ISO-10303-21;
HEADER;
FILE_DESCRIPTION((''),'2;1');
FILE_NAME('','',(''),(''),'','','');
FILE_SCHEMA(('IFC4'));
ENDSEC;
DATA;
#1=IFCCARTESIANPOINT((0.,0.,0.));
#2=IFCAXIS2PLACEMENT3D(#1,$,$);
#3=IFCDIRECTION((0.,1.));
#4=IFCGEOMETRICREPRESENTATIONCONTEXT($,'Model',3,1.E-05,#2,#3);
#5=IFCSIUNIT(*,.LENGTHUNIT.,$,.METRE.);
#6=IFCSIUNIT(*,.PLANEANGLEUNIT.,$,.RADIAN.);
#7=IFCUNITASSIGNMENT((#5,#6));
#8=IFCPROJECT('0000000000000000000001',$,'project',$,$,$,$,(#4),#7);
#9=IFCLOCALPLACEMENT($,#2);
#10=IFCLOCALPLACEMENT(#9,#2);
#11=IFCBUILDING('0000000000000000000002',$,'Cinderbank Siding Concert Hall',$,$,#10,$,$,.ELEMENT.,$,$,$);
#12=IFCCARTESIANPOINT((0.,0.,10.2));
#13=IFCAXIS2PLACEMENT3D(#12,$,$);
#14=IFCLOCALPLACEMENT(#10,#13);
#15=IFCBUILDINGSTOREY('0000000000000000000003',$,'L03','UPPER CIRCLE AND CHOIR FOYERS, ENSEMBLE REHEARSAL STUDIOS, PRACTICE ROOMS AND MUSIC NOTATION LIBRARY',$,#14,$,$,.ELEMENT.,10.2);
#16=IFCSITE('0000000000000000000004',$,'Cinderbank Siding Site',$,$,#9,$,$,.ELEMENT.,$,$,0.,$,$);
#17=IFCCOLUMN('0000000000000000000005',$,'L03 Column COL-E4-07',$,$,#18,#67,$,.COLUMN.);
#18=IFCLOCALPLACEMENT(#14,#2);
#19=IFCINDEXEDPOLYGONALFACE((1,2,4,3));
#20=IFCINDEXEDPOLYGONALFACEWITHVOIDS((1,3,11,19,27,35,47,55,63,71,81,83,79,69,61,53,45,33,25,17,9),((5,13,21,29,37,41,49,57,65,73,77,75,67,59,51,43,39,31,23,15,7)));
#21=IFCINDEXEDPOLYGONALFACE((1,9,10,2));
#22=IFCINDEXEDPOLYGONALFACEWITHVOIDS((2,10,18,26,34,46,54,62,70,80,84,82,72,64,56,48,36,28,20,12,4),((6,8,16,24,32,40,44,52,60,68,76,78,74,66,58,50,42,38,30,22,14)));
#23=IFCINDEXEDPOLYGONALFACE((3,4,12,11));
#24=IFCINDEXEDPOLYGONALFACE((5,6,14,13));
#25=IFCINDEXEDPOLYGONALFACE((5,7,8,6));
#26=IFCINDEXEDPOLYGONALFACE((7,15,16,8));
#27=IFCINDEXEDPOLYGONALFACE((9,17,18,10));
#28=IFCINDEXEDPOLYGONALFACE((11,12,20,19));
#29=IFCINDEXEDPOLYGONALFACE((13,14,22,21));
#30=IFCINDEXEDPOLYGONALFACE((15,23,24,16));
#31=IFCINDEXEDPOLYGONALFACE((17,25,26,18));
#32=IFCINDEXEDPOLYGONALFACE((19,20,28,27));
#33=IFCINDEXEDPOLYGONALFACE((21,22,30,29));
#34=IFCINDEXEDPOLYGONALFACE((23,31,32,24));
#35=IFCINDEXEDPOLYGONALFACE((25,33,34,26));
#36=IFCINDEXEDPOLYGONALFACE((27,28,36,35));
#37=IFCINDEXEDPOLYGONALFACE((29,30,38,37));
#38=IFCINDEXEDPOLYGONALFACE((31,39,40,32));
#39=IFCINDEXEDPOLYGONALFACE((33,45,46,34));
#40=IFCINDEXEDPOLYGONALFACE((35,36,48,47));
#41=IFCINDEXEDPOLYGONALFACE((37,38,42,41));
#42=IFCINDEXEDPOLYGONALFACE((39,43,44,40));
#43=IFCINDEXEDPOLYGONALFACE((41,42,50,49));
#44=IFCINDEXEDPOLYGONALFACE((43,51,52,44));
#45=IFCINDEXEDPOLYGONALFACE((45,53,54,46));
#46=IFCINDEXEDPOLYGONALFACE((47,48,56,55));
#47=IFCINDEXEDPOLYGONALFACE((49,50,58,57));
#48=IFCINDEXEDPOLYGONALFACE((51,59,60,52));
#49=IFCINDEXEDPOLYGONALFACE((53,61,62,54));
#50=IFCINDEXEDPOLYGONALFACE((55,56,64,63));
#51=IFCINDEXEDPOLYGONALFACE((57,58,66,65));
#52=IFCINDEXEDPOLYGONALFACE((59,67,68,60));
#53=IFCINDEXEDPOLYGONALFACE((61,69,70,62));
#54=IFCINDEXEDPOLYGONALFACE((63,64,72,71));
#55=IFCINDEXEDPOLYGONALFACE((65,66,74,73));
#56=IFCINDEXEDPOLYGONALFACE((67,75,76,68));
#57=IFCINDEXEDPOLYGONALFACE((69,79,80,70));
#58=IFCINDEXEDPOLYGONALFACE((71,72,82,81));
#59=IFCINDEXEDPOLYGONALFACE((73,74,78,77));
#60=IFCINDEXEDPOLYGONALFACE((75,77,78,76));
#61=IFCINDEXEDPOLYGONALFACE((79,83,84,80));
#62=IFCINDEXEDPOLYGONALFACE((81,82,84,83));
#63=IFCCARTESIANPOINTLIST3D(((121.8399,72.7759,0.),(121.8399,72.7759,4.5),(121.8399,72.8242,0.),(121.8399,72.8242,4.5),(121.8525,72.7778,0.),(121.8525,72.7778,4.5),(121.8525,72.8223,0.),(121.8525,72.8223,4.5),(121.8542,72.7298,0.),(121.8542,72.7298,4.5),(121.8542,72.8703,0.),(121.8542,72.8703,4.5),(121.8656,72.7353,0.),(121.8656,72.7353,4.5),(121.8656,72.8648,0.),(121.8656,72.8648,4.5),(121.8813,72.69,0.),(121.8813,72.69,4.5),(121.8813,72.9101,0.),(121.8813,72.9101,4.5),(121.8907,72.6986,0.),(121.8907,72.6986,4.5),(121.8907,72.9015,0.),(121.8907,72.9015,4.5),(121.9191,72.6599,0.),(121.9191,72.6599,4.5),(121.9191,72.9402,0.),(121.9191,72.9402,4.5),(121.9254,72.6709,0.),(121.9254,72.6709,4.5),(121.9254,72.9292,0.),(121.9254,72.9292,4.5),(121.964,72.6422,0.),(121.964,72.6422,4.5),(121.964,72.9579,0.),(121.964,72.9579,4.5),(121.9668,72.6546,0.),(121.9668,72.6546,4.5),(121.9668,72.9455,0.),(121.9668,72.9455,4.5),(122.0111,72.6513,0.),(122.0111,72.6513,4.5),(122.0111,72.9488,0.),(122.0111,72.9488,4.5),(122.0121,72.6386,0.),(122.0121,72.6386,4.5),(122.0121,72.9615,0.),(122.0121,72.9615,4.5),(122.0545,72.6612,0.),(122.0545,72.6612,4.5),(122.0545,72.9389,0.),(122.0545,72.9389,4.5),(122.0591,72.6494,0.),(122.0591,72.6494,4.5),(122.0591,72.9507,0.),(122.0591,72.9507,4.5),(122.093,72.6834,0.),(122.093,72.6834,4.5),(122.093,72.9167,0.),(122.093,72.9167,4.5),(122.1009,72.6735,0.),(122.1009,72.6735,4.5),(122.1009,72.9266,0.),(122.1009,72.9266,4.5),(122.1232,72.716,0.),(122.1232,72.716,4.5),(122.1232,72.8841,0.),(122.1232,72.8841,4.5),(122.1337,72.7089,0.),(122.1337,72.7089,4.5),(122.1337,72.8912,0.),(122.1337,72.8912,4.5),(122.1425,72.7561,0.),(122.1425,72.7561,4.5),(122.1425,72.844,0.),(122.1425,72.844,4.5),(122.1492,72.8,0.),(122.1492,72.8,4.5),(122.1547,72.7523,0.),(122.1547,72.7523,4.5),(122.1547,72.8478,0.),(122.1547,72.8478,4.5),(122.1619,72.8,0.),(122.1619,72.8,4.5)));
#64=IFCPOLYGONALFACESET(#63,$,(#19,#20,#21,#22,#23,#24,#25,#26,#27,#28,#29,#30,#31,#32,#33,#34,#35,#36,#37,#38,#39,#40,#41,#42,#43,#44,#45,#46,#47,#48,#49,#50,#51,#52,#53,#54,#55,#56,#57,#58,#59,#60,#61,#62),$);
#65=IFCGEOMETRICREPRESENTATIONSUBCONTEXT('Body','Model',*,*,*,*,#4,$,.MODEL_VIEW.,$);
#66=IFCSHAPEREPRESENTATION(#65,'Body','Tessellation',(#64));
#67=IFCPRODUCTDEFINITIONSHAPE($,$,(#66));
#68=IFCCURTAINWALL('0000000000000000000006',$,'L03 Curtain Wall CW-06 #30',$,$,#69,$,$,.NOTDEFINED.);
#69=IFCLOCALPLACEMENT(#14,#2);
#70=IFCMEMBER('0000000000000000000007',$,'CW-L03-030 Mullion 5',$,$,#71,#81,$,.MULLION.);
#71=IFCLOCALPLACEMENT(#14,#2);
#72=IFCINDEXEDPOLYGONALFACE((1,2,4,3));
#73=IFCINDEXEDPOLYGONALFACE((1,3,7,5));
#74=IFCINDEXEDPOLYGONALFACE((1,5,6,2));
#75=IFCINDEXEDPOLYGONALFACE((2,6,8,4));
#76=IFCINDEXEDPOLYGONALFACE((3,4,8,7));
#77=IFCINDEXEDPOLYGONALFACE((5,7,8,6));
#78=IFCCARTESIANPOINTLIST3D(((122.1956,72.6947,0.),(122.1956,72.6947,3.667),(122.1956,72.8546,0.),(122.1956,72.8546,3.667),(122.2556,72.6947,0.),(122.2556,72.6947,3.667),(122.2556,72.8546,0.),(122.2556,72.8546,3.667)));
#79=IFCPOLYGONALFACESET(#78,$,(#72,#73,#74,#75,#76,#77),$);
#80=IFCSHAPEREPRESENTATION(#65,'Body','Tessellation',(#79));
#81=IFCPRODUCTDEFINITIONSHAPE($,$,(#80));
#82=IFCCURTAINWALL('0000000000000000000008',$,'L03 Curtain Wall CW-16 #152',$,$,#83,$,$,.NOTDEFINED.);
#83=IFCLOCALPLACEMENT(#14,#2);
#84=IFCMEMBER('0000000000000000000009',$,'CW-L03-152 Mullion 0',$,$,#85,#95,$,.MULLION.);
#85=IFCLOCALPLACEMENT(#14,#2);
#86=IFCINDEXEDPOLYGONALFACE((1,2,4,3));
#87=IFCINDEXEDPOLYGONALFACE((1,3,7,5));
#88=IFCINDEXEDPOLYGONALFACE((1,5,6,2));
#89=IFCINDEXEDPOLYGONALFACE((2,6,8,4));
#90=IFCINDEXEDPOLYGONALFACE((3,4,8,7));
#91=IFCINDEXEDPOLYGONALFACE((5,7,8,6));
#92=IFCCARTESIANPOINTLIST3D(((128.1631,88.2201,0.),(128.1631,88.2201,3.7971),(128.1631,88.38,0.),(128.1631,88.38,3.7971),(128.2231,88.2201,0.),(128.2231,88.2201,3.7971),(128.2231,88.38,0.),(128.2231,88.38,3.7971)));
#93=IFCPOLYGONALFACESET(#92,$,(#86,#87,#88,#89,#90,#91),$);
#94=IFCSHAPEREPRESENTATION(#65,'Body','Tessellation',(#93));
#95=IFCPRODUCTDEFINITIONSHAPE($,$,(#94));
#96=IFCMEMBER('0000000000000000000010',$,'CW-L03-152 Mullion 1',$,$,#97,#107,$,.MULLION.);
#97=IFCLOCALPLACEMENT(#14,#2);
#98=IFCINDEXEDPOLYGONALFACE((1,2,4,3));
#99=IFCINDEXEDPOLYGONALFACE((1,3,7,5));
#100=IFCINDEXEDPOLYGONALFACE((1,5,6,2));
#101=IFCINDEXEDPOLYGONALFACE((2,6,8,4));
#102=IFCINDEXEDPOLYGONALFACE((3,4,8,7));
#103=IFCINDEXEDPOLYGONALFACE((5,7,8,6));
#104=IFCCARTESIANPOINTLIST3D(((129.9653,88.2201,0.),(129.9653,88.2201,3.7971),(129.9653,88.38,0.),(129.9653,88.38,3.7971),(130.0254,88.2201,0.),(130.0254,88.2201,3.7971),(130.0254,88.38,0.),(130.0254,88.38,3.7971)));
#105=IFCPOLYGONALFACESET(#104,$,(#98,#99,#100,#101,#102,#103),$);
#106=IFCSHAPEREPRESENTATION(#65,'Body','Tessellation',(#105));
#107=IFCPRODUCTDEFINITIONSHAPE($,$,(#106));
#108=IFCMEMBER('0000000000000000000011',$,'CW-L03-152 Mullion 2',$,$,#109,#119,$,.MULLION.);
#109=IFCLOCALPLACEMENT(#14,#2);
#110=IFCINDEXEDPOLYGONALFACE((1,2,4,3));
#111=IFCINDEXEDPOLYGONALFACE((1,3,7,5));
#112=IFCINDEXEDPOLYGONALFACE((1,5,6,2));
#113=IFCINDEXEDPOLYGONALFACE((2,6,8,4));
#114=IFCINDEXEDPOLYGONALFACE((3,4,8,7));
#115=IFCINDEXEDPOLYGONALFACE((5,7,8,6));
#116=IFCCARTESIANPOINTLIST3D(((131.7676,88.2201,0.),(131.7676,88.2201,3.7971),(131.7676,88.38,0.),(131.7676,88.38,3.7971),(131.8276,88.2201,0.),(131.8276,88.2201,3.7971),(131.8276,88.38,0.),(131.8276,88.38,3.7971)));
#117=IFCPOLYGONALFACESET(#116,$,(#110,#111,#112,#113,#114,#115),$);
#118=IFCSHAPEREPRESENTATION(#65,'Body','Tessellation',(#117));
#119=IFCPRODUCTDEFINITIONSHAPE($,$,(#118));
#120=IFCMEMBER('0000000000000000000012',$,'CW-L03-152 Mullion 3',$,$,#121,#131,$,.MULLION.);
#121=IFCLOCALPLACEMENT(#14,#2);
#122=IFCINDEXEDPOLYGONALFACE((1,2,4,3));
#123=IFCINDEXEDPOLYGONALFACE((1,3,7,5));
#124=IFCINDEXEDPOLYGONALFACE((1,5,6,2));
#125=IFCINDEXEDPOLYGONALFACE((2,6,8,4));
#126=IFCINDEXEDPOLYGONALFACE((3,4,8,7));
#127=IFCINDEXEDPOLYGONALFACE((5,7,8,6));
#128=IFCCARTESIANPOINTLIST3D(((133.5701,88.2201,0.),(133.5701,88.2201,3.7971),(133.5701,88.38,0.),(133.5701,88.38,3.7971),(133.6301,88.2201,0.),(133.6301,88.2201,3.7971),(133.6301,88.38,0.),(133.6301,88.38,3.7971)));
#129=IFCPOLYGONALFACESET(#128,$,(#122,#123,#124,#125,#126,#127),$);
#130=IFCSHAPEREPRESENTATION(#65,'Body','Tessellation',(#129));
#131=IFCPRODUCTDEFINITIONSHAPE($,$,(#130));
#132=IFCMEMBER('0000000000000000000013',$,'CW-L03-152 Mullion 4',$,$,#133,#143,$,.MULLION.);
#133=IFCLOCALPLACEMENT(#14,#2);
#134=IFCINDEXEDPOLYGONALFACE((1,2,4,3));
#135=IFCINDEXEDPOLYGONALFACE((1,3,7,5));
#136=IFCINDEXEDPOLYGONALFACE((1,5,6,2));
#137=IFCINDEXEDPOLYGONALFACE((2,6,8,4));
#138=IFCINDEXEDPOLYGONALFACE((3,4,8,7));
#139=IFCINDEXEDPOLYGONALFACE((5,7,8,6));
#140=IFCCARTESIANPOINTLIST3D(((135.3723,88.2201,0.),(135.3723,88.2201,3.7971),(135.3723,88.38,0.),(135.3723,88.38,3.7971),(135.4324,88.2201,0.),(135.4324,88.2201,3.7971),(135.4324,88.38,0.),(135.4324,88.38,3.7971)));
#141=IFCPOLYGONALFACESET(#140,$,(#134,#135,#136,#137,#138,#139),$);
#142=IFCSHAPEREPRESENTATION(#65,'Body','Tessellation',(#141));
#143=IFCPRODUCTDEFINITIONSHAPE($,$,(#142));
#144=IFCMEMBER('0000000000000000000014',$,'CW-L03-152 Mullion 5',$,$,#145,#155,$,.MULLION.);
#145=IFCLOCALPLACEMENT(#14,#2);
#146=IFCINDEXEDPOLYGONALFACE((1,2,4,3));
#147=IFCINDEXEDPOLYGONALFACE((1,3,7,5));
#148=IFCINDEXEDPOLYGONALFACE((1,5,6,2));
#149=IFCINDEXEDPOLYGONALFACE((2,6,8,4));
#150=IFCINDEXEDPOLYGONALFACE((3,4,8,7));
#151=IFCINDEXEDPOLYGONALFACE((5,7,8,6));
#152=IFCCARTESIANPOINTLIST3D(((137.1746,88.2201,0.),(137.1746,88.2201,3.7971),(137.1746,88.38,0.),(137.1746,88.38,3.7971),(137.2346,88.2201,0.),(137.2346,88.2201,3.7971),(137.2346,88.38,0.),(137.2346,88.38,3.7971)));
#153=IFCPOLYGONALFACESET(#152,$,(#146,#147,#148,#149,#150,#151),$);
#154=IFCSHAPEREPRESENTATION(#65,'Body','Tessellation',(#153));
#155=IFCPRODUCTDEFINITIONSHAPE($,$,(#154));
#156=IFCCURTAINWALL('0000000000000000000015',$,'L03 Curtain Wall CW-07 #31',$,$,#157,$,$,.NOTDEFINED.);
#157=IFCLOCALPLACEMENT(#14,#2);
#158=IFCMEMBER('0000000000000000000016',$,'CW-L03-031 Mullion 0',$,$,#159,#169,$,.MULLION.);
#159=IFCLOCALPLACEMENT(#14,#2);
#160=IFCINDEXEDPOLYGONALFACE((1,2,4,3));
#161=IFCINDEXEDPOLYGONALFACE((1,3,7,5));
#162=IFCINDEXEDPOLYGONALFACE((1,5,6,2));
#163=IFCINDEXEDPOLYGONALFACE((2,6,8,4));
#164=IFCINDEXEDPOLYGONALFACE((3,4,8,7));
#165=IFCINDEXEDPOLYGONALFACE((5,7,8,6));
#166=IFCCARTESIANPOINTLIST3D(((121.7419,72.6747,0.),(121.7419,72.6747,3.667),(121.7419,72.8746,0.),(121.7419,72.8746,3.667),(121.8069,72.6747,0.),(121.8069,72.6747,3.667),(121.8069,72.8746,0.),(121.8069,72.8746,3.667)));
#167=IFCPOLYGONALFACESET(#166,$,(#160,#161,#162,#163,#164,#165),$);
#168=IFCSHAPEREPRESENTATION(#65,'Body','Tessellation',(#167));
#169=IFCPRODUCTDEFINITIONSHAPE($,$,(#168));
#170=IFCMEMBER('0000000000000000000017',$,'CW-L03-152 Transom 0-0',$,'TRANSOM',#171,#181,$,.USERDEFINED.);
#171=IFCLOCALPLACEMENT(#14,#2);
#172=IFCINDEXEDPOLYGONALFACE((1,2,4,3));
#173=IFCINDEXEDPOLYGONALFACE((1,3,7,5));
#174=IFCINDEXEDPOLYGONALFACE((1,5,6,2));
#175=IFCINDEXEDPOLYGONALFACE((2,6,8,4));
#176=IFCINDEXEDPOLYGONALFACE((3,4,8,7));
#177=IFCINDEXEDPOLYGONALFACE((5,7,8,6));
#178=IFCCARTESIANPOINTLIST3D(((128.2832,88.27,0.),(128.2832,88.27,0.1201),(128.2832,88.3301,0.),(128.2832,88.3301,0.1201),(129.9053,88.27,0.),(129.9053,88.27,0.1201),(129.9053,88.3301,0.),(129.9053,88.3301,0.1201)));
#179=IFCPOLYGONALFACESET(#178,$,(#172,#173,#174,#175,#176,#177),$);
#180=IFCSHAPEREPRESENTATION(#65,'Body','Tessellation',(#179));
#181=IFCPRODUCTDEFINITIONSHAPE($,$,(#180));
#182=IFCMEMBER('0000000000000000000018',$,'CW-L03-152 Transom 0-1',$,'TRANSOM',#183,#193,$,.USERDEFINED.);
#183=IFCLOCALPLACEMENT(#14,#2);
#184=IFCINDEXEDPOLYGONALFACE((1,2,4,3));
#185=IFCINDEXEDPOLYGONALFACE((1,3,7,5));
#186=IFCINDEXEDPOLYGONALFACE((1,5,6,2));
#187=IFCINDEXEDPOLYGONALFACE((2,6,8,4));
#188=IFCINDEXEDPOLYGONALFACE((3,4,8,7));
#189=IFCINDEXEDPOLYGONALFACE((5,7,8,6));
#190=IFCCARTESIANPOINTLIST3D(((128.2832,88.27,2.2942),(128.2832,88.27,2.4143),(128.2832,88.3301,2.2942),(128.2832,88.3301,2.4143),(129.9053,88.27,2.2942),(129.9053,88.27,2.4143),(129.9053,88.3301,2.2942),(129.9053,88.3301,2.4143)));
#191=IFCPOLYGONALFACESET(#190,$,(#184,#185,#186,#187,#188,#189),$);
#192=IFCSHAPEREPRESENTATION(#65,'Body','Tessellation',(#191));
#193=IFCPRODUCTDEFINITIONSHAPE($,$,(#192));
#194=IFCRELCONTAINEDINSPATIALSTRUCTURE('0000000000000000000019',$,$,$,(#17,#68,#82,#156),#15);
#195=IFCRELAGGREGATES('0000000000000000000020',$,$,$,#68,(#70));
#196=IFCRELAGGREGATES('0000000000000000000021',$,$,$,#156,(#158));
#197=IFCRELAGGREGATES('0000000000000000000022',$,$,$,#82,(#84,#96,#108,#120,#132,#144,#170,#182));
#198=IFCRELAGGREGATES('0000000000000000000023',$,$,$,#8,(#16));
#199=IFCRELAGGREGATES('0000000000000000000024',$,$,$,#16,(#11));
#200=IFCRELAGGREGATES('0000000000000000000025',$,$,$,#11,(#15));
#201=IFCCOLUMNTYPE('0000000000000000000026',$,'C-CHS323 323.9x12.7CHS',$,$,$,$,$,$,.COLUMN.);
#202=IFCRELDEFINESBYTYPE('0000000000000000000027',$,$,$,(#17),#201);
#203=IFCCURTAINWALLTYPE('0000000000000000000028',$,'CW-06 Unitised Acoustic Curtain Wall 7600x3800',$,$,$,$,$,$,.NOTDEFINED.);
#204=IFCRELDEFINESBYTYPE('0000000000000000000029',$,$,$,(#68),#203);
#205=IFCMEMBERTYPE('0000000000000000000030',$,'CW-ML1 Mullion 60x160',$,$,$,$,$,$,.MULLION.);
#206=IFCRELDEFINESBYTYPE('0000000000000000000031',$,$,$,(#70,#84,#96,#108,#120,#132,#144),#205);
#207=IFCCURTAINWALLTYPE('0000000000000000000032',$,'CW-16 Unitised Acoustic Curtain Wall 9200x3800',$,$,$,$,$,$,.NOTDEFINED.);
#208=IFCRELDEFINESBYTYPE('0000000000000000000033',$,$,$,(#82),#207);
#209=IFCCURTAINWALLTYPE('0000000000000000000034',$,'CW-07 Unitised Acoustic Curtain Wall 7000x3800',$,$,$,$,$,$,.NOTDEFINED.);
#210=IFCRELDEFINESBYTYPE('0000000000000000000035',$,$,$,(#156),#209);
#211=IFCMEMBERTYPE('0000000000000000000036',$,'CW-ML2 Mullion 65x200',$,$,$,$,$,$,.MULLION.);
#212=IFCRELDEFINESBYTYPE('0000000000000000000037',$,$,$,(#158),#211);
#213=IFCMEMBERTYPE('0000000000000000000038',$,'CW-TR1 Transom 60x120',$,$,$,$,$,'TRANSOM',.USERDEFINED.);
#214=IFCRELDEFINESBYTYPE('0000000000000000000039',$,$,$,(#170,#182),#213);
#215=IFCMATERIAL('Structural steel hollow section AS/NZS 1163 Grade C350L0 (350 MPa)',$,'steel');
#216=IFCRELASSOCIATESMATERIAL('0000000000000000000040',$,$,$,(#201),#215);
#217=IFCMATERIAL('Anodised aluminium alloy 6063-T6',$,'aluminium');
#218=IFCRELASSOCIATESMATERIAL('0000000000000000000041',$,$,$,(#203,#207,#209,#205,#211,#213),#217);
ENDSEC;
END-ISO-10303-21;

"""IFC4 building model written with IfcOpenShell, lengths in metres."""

from ifc_helpers import new_model, si_unit, direction, frame, origin, origin_2d, place, context, subcontext, project, spatial, rectangle, hollow_circle, extrude, material, material_profile, profile_set, type_object, element, aggregate, save


model = new_model("IFC4")

# Units and contexts
model_context = context("Model", 3, precision=1e-05, world=origin(), true_north=direction((0.0, 1.0)))
body_context = subcontext(model_context, "Body", "Model", "MODEL_VIEW")
ifc_project = project(units=[si_unit("LENGTHUNIT", "METRE"), si_unit("PLANEANGLEUNIT", "RADIAN")], contexts=[model_context])

# Site, building, storey
site_placement = place(None, origin())
site = spatial("IfcSite", under=ifc_project, at=site_placement, Name="Cinderbank Siding Site", CompositionType="ELEMENT", RefElevation=0.0)
building_placement = place(site_placement, origin())
building = spatial("IfcBuilding", under=site, at=building_placement, Name="Cinderbank Siding Concert Hall", CompositionType="ELEMENT")
storey_placement = place(building_placement, frame((0.0, 0.0, 10.2)))
storey = spatial("IfcBuildingStorey", under=building, at=storey_placement, Name="L03", Description="UPPER CIRCLE AND CHOIR FOYERS, ENSEMBLE REHEARSAL STUDIOS, PRACTICE ROOMS AND MUSIC NOTATION LIBRARY", CompositionType="ELEMENT", Elevation=10.2)

# Column
ifc_material_1 = material(Name="Structural steel hollow section AS/NZS 1163 Grade C350L0 (350 MPa)", Category="steel")
ifc_material_profile_1 = material_profile(ifc_material_1, hollow_circle(Radius=0.1619, WallThickness=0.0127, at=origin_2d()), Name="323.9x12.7CHS", Category="LoadBearing")
ifc_profile_set_1 = profile_set([ifc_material_profile_1], Name="Structural steel hollow section AS/NZS 1163 Grade C350L0 (350 MPa)")
column_type = type_object("IfcColumnType", Name="C-CHS323 323.9x12.7CHS", PredefinedType="COLUMN", material=ifc_profile_set_1)
column_placement = place(storey_placement, frame((122.0, 72.8, 0.0), z_axis=(0.0, 0.0, 1.0), x_axis=(1.0, 0.0, 0.0)))
element("IfcColumn", 1, at=column_placement, inside=storey, type_object=column_type, Name="L03 Column COL-E4-07", PredefinedType="COLUMN", context=body_context, shape_type="SweptSolid", body=[
    extrude(hollow_circle(Radius=0.1619, WallThickness=0.0127, at=origin_2d()), origin(), (0.0, 0.0, 1.0), 4.5),
])

# Curtain wall, member
ifc_material_2 = material(Name="Anodised aluminium alloy 6063-T6", Category="aluminium")
curtain_wall_type_1 = type_object("IfcCurtainWallType", Name="CW-06 Unitised Acoustic Curtain Wall 7600x3800", PredefinedType="NOTDEFINED", material=ifc_material_2)
curtain_wall_1_placement = place(storey_placement, origin())
curtain_wall_1 = element("IfcCurtainWall", 2, at=curtain_wall_1_placement, inside=storey, type_object=curtain_wall_type_1, Name="L03 Curtain Wall CW-06 #30", PredefinedType="NOTDEFINED")
ifc_material_profile_2 = material_profile(ifc_material_2, rectangle(XDim=0.0601, YDim=0.1599, at=origin_2d()), Name="ALU-MULL-60x160", Category="LoadBearing")
ifc_profile_set_2 = profile_set([ifc_material_profile_2], Name="Anodised aluminium alloy 6063-T6")
member_type_1 = type_object("IfcMemberType", Name="CW-ML1 Mullion 60x160", PredefinedType="MULLION", material=ifc_profile_set_2)
member_1_placement = place(storey_placement, frame((122.2256, 72.7747, 0.0), z_axis=(0.0, 0.0, 1.0), x_axis=(1.0, 0.0, 0.0)))
member_1 = element("IfcMember", 3, at=member_1_placement, type_object=member_type_1, Name="CW-L03-030 Mullion 5", PredefinedType="MULLION", context=body_context, shape_type="SweptSolid", body=[
    extrude(rectangle(XDim=0.0601, YDim=0.1599, at=origin_2d()), origin(), (0.0, 0.0, 1.0), 3.667),
])
aggregate(curtain_wall_1, [member_1])

# Curtain wall, members
curtain_wall_type_2 = type_object("IfcCurtainWallType", Name="CW-16 Unitised Acoustic Curtain Wall 9200x3800", PredefinedType="NOTDEFINED", material=ifc_material_2)
curtain_wall_2_placement = place(storey_placement, origin())
curtain_wall_2 = element("IfcCurtainWall", 4, at=curtain_wall_2_placement, inside=storey, type_object=curtain_wall_type_2, Name="L03 Curtain Wall CW-16 #152", PredefinedType="NOTDEFINED")
member_2_placement = place(storey_placement, frame((128.1931, 88.3, 0.0), z_axis=(0.0, 0.0, 1.0), x_axis=(1.0, 0.0, 0.0)))
member_2 = element("IfcMember", 5, at=member_2_placement, type_object=member_type_1, Name="CW-L03-152 Mullion 0", PredefinedType="MULLION", context=body_context, shape_type="SweptSolid", body=[
    extrude(rectangle(XDim=0.0601, YDim=0.1599, at=origin_2d()), origin(), (0.0, 0.0, 1.0), 3.7971),
])
member_3_placement = place(storey_placement, frame((129.9954, 88.3, 0.0), z_axis=(0.0, 0.0, 1.0), x_axis=(1.0, 0.0, 0.0)))
member_3 = element("IfcMember", 6, at=member_3_placement, type_object=member_type_1, Name="CW-L03-152 Mullion 1", PredefinedType="MULLION", context=body_context, shape_type="SweptSolid", body=[
    extrude(rectangle(XDim=0.0601, YDim=0.1599, at=origin_2d()), origin(), (0.0, 0.0, 1.0), 3.7971),
])
member_4_placement = place(storey_placement, frame((131.7976, 88.3, 0.0), z_axis=(0.0, 0.0, 1.0), x_axis=(1.0, 0.0, 0.0)))
member_4 = element("IfcMember", 7, at=member_4_placement, type_object=member_type_1, Name="CW-L03-152 Mullion 2", PredefinedType="MULLION", context=body_context, shape_type="SweptSolid", body=[
    extrude(rectangle(XDim=0.0601, YDim=0.1599, at=origin_2d()), origin(), (0.0, 0.0, 1.0), 3.7971),
])
member_5_placement = place(storey_placement, frame((133.6001, 88.3, 0.0), z_axis=(0.0, 0.0, 1.0), x_axis=(1.0, 0.0, 0.0)))
member_5 = element("IfcMember", 8, at=member_5_placement, type_object=member_type_1, Name="CW-L03-152 Mullion 3", PredefinedType="MULLION", context=body_context, shape_type="SweptSolid", body=[
    extrude(rectangle(XDim=0.0601, YDim=0.1599, at=origin_2d()), origin(), (0.0, 0.0, 1.0), 3.7971),
])
member_6_placement = place(storey_placement, frame((135.4023, 88.3, 0.0), z_axis=(0.0, 0.0, 1.0), x_axis=(1.0, 0.0, 0.0)))
member_6 = element("IfcMember", 9, at=member_6_placement, type_object=member_type_1, Name="CW-L03-152 Mullion 4", PredefinedType="MULLION", context=body_context, shape_type="SweptSolid", body=[
    extrude(rectangle(XDim=0.0601, YDim=0.1599, at=origin_2d()), origin(), (0.0, 0.0, 1.0), 3.7971),
])
member_7_placement = place(storey_placement, frame((137.2046, 88.3, 0.0), z_axis=(0.0, 0.0, 1.0), x_axis=(1.0, 0.0, 0.0)))
member_7 = element("IfcMember", 10, at=member_7_placement, type_object=member_type_1, Name="CW-L03-152 Mullion 5", PredefinedType="MULLION", context=body_context, shape_type="SweptSolid", body=[
    extrude(rectangle(XDim=0.0601, YDim=0.1599, at=origin_2d()), origin(), (0.0, 0.0, 1.0), 3.7971),
])

# Curtain wall, member
curtain_wall_type_3 = type_object("IfcCurtainWallType", Name="CW-07 Unitised Acoustic Curtain Wall 7000x3800", PredefinedType="NOTDEFINED", material=ifc_material_2)
curtain_wall_3_placement = place(storey_placement, origin())
curtain_wall_3 = element("IfcCurtainWall", 11, at=curtain_wall_3_placement, inside=storey, type_object=curtain_wall_type_3, Name="L03 Curtain Wall CW-07 #31", PredefinedType="NOTDEFINED")
ifc_material_profile_3 = material_profile(ifc_material_2, rectangle(XDim=0.0649, YDim=0.2, at=origin_2d()), Name="ALU-MULL-65x200", Category="LoadBearing")
ifc_profile_set_3 = profile_set([ifc_material_profile_3], Name="Anodised aluminium alloy 6063-T6")
member_type_2 = type_object("IfcMemberType", Name="CW-ML2 Mullion 65x200", PredefinedType="MULLION", material=ifc_profile_set_3)
member_8_placement = place(storey_placement, frame((121.7744, 72.7747, 0.0), z_axis=(0.0, 0.0, 1.0), x_axis=(1.0, 0.0, 0.0)))
member_8 = element("IfcMember", 12, at=member_8_placement, type_object=member_type_2, Name="CW-L03-031 Mullion 0", PredefinedType="MULLION", context=body_context, shape_type="SweptSolid", body=[
    extrude(rectangle(XDim=0.0649, YDim=0.2, at=origin_2d()), origin(), (0.0, 0.0, 1.0), 3.667),
])
aggregate(curtain_wall_3, [member_8])

# Members
ifc_material_profile_4 = material_profile(ifc_material_2, rectangle(XDim=0.0601, YDim=0.1201, at=origin_2d()), Name="ALU-TRAN-60x120", Category="LoadBearing")
ifc_profile_set_4 = profile_set([ifc_material_profile_4], Name="Anodised aluminium alloy 6063-T6")
member_type_3 = type_object("IfcMemberType", Name="CW-TR1 Transom 60x120", ElementType="TRANSOM", PredefinedType="USERDEFINED", material=ifc_profile_set_4)
member_9_placement = place(storey_placement, frame((128.2832, 88.3, 0.0601), z_axis=(1.0, 0.0, 0.0), x_axis=(0.0, 1.0, 0.0)))
member_9 = element("IfcMember", 13, at=member_9_placement, type_object=member_type_3, Name="CW-L03-152 Transom 0-0", ObjectType="TRANSOM", PredefinedType="USERDEFINED", context=body_context, shape_type="SweptSolid", body=[
    extrude(rectangle(XDim=0.0601, YDim=0.1201, at=origin_2d()), origin(), (0.0, 0.0, 1.0), 1.6221),
])
member_10_placement = place(storey_placement, frame((128.2832, 88.3, 2.3542), z_axis=(1.0, 0.0, 0.0), x_axis=(0.0, 1.0, 0.0)))
member_10 = element("IfcMember", 14, at=member_10_placement, type_object=member_type_3, Name="CW-L03-152 Transom 0-1", ObjectType="TRANSOM", PredefinedType="USERDEFINED", context=body_context, shape_type="SweptSolid", body=[
    extrude(rectangle(XDim=0.0601, YDim=0.1201, at=origin_2d()), origin(), (0.0, 0.0, 1.0), 1.6221),
])

aggregate(curtain_wall_2, [member_2, member_3, member_4, member_5, member_6, member_7, member_9, member_10])

save(model, "model.ifc")
